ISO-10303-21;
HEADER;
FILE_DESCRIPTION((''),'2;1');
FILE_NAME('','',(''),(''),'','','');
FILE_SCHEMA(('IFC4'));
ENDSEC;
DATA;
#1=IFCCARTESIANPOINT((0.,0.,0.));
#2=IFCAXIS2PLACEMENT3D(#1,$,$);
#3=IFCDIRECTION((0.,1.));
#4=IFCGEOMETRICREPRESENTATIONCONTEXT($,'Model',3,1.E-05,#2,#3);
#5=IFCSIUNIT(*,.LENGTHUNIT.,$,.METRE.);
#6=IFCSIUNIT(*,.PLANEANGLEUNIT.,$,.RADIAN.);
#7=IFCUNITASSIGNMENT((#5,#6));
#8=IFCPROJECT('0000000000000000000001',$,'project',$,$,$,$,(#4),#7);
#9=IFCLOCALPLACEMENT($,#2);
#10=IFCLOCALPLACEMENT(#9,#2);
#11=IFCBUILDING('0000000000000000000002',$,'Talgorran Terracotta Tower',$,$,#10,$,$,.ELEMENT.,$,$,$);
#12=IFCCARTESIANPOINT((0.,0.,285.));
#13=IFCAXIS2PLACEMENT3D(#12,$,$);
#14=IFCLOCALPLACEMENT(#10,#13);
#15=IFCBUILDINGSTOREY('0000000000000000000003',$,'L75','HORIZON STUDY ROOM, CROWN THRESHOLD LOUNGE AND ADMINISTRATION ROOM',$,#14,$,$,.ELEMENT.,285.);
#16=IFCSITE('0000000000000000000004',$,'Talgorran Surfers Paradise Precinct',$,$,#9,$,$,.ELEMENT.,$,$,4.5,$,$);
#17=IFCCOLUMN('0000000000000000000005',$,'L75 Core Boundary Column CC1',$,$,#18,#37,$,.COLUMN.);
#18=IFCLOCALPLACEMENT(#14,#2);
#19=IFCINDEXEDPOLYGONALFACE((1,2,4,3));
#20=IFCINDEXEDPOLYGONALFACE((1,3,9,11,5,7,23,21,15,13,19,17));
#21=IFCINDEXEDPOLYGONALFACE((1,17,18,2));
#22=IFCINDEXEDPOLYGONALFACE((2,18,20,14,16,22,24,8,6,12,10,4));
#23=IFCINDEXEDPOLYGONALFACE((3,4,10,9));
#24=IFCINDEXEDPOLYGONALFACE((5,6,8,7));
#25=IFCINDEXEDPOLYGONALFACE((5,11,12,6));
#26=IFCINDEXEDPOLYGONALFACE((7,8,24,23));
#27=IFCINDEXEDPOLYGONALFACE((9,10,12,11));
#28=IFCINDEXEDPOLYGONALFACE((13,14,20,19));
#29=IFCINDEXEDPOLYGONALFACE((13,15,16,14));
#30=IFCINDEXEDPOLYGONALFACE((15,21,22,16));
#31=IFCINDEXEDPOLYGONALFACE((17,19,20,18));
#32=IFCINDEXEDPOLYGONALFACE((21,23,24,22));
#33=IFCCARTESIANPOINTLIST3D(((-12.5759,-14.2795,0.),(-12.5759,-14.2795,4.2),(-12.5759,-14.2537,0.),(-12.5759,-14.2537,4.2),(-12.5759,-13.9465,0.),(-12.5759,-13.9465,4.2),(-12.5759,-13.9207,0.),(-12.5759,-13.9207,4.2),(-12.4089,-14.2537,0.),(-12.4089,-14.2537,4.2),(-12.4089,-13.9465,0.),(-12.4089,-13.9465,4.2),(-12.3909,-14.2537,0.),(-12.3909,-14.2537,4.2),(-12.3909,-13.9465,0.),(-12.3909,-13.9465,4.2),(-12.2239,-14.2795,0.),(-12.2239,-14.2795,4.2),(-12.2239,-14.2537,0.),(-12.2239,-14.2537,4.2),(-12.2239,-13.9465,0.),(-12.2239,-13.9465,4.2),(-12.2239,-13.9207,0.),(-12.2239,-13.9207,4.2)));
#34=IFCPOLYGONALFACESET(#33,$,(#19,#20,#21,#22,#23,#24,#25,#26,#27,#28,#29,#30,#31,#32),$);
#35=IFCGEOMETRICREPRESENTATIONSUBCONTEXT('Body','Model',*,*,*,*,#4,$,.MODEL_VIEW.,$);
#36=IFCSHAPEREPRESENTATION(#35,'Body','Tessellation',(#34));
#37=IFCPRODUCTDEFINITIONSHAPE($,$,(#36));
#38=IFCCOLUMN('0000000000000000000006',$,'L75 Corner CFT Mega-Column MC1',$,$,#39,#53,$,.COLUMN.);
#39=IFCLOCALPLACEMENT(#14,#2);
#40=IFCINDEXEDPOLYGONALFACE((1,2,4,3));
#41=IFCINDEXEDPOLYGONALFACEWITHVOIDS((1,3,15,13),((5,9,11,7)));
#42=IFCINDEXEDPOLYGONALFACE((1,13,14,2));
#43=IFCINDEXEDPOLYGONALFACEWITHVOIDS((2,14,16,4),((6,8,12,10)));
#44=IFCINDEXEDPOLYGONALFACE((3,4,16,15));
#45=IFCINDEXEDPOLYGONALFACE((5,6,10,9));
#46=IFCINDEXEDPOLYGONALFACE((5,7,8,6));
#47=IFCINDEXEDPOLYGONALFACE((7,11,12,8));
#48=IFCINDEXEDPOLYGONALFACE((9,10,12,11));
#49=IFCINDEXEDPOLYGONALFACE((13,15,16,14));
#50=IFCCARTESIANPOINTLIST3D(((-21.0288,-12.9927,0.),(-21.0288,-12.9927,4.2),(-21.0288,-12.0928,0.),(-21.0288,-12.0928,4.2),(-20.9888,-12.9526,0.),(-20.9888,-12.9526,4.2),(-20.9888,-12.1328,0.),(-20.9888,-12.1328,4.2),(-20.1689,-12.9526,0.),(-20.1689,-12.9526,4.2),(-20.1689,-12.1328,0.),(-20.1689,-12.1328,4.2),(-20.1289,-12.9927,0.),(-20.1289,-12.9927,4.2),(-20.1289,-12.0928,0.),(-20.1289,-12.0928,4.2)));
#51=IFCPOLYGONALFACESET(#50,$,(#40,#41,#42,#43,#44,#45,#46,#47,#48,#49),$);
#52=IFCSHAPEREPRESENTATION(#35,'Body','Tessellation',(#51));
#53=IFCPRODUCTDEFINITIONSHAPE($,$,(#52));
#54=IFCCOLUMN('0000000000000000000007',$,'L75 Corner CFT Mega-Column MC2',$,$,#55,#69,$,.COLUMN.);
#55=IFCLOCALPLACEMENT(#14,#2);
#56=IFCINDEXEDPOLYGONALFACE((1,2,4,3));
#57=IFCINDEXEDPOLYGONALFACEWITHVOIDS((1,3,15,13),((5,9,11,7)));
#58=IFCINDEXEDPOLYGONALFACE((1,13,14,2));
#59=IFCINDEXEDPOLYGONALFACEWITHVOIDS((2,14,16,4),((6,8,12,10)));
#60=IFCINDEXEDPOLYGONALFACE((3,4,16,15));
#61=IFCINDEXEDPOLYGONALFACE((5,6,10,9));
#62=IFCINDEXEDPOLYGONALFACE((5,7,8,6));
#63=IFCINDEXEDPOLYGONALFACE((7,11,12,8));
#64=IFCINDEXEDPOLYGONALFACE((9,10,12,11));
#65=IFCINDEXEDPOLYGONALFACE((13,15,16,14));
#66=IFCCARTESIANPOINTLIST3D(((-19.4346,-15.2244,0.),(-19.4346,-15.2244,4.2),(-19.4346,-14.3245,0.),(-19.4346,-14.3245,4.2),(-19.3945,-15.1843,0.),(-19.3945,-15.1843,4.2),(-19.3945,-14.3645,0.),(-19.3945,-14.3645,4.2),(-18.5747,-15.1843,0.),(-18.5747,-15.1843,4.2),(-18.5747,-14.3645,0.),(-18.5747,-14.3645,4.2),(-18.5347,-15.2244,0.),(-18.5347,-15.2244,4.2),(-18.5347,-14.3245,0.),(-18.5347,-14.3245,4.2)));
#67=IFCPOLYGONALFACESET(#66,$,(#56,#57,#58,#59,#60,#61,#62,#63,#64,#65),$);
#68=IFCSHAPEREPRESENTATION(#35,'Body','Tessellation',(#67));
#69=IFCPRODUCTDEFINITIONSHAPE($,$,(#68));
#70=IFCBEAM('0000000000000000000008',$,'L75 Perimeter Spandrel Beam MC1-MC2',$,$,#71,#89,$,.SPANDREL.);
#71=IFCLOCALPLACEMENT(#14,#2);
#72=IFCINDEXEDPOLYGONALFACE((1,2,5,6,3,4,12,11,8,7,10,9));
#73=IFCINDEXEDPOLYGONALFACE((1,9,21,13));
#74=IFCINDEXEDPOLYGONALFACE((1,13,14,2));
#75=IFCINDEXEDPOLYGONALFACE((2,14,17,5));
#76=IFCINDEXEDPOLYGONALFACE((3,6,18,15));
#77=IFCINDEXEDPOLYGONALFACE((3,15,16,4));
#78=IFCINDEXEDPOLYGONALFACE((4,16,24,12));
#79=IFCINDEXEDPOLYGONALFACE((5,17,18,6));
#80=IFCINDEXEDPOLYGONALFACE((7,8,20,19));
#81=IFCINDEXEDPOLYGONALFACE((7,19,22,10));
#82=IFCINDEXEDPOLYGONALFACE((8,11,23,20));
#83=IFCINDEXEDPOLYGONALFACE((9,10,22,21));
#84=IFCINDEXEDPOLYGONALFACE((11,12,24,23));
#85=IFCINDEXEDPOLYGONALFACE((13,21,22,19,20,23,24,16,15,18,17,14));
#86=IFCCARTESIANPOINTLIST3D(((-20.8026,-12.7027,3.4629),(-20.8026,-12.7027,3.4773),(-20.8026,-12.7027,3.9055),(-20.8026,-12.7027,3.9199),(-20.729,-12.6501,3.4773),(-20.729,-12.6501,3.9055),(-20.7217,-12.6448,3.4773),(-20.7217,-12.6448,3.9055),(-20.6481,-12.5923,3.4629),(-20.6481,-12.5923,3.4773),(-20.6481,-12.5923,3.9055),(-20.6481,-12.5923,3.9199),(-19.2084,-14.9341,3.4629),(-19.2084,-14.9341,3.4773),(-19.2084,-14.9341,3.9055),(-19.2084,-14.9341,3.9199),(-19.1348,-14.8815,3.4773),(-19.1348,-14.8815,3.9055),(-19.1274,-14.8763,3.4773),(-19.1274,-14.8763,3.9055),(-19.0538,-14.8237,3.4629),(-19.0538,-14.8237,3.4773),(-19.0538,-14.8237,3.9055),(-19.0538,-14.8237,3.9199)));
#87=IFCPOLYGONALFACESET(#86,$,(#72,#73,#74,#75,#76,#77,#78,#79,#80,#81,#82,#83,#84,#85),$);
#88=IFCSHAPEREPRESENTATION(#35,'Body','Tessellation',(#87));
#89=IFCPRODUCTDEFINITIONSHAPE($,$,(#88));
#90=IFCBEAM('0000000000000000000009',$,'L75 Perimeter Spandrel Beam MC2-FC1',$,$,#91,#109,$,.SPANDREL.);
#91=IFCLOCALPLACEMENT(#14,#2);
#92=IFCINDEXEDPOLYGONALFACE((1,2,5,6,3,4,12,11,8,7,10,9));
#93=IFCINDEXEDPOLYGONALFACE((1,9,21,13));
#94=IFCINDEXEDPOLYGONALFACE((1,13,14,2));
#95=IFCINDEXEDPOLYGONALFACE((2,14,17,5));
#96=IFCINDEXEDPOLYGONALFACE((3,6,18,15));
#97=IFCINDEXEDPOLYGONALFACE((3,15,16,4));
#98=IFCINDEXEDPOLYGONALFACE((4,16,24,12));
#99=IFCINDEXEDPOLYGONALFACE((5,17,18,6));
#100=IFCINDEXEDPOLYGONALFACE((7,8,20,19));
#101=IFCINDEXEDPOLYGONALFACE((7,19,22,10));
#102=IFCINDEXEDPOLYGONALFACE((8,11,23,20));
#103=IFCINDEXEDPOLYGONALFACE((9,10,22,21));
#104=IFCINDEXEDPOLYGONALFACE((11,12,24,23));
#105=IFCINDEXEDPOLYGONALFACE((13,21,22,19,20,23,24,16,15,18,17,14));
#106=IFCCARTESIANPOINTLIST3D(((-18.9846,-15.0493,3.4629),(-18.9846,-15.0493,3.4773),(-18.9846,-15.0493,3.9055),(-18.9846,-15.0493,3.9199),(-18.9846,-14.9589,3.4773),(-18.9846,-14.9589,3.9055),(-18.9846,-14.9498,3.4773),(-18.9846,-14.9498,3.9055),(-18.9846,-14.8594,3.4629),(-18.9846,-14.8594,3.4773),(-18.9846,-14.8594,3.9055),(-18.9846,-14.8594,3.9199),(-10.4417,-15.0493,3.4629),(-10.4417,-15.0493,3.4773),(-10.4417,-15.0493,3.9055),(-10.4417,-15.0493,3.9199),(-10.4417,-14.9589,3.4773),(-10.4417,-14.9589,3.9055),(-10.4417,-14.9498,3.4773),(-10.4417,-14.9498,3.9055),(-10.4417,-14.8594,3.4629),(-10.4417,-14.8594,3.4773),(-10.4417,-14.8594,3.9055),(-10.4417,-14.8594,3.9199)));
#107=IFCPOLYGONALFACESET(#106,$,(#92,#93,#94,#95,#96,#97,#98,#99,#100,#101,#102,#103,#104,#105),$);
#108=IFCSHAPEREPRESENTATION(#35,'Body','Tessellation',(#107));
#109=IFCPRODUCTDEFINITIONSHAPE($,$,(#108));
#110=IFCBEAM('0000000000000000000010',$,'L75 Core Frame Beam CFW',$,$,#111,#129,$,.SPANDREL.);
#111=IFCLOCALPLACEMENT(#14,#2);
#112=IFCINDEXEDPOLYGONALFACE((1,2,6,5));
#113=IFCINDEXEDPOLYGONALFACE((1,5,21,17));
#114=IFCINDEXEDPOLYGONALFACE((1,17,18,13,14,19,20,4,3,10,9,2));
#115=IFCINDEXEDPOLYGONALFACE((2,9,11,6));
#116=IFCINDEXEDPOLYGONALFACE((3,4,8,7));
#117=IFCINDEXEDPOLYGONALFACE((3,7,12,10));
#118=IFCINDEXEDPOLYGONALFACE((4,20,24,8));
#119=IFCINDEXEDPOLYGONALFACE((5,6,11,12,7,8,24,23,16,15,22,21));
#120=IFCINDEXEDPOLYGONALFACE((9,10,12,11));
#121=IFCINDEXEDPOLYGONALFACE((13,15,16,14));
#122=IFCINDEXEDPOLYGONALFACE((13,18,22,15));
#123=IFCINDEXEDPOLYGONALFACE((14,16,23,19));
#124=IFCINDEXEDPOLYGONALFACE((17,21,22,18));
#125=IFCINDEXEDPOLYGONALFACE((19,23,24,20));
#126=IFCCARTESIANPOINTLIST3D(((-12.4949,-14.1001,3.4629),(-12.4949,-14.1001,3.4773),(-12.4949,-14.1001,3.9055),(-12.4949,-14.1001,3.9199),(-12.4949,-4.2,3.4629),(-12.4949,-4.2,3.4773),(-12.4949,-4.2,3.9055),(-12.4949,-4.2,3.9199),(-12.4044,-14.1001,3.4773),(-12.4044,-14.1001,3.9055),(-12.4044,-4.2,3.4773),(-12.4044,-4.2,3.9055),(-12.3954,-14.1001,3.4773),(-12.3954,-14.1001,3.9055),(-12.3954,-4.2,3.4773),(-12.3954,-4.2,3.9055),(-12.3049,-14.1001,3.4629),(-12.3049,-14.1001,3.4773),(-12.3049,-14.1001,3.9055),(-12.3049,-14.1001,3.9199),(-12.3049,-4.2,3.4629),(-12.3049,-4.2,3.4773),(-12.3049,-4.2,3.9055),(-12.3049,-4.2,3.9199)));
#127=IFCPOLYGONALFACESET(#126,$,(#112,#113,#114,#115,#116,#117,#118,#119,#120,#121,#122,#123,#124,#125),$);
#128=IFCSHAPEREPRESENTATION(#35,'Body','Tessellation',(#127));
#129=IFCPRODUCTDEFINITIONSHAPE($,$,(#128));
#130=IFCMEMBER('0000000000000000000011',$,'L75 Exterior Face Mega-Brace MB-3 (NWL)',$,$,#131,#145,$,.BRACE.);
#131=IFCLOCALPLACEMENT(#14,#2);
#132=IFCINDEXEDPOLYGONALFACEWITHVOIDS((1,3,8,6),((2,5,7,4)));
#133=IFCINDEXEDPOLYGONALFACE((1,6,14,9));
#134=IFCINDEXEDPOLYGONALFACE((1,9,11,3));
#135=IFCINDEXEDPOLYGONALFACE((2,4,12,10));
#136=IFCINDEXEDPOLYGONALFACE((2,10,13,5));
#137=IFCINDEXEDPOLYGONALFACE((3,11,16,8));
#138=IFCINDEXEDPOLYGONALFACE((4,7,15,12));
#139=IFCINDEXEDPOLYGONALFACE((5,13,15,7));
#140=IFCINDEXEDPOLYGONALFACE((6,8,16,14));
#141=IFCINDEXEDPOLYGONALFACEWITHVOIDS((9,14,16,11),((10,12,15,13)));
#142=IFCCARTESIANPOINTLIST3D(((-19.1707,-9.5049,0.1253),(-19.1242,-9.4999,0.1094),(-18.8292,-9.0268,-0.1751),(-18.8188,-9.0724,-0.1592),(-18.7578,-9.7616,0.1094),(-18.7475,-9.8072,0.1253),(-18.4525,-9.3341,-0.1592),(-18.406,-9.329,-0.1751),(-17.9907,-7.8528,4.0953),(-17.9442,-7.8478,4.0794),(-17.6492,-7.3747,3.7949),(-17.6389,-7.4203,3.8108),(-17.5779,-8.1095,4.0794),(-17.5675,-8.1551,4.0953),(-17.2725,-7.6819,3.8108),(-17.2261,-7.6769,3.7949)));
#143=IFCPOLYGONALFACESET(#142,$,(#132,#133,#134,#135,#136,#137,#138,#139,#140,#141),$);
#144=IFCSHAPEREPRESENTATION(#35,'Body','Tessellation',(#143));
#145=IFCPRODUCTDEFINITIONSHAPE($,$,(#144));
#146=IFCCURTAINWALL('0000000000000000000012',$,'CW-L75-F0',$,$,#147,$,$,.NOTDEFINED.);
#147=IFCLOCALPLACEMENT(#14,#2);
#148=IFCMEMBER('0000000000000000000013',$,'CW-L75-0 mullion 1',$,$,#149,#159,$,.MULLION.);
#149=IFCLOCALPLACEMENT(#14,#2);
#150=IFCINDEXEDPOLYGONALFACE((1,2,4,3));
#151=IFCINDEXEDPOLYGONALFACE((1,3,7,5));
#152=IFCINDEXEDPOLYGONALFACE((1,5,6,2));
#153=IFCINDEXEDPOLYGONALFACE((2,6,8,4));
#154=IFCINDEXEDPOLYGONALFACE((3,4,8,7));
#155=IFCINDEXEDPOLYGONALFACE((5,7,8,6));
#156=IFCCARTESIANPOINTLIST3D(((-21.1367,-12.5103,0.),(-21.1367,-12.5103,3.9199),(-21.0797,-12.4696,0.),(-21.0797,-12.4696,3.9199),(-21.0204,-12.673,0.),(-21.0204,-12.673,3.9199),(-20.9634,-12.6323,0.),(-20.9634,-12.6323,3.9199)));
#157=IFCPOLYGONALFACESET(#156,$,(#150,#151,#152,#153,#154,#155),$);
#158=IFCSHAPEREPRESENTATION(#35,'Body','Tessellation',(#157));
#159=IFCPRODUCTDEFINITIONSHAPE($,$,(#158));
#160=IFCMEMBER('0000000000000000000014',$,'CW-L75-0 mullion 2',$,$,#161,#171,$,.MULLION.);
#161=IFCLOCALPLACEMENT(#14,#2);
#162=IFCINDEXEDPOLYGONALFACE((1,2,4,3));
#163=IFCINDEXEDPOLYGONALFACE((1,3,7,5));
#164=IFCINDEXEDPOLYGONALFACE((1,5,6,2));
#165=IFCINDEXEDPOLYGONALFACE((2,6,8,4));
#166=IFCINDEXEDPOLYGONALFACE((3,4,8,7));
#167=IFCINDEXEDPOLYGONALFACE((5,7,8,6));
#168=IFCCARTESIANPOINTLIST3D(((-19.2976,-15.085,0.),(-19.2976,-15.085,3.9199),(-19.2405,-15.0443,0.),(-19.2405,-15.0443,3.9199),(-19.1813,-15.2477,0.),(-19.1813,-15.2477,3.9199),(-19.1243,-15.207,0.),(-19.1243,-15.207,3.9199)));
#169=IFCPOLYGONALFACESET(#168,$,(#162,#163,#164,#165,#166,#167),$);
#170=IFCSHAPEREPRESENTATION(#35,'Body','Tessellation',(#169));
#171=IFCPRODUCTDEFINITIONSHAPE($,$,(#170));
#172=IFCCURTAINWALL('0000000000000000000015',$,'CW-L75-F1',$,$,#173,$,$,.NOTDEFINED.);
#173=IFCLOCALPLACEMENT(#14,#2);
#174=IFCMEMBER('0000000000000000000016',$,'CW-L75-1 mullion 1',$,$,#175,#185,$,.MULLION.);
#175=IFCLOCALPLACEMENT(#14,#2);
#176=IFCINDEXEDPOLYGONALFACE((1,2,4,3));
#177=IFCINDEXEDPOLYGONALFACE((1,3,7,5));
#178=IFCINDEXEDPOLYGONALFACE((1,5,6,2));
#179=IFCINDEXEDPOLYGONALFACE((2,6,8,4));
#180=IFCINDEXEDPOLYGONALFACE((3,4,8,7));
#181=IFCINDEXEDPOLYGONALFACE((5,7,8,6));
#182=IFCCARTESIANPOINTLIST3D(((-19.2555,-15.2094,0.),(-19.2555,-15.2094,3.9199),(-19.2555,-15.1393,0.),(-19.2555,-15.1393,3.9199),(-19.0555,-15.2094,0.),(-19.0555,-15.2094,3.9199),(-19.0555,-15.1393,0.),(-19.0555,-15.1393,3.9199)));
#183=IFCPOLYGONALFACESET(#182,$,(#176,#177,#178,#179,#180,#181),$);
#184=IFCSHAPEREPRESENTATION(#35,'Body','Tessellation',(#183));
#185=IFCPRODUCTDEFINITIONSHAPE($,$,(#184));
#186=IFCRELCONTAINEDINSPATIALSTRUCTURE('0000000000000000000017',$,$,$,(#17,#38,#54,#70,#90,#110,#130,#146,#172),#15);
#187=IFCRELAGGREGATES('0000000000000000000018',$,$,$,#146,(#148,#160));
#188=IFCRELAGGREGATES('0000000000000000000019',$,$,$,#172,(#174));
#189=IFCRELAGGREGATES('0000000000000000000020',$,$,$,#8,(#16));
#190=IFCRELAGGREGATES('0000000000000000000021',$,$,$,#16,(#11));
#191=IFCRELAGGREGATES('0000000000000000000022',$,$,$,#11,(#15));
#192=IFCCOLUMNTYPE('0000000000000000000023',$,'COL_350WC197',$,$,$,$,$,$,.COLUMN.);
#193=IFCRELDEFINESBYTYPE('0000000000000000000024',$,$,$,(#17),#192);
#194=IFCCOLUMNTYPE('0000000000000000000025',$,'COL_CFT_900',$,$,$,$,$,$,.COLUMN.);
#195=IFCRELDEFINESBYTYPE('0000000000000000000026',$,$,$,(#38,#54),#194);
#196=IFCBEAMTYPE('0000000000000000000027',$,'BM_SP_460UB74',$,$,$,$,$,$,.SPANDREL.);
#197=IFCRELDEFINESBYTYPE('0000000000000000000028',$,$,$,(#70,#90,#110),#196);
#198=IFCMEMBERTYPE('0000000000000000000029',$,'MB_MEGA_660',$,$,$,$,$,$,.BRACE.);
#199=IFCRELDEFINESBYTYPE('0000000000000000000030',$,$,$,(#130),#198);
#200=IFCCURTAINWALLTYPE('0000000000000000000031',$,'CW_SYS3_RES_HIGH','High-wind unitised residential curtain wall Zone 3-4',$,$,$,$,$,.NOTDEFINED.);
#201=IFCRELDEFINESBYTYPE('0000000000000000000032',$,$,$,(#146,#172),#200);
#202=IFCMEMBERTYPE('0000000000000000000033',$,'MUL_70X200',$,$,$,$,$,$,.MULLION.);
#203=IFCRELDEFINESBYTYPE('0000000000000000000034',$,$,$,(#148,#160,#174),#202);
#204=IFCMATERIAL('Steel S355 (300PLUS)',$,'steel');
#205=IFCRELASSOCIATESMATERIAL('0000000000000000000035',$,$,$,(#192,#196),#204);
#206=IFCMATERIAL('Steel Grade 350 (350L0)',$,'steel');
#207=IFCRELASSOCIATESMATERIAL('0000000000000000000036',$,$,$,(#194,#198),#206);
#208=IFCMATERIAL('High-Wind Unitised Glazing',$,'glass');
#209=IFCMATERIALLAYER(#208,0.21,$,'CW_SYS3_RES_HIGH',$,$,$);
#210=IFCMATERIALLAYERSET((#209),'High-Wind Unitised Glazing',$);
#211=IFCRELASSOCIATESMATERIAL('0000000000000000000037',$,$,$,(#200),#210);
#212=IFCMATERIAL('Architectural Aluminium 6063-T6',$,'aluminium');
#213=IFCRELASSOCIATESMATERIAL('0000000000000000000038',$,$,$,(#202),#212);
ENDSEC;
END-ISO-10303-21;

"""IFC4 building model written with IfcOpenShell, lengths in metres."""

from ifc_helpers import new_model, si_unit, direction, frame, origin, origin_2d, place, context, subcontext, project, spatial, rectangle, hollow_rectangle, i_section, extrude, material, layer, layer_set, material_profile, profile_set, type_object, element, aggregate, save


model = new_model("IFC4")

# Units and contexts
model_context = context("Model", 3, precision=1e-05, world=origin(), true_north=direction((0.0, 1.0)))
body_context = subcontext(model_context, "Body", "Model", "MODEL_VIEW")
ifc_project = project(units=[si_unit("LENGTHUNIT", "METRE"), si_unit("PLANEANGLEUNIT", "RADIAN")], contexts=[model_context])

# Site, building, storey
site_placement = place(None, origin())
site = spatial("IfcSite", under=ifc_project, at=site_placement, Name="Talgorran Surfers Paradise Precinct", CompositionType="ELEMENT", RefElevation=4.5)
building_placement = place(site_placement, origin())
building = spatial("IfcBuilding", under=site, at=building_placement, Name="Talgorran Terracotta Tower", CompositionType="ELEMENT")
storey_placement = place(building_placement, frame((0.0, 0.0, 285.0)))
storey = spatial("IfcBuildingStorey", under=building, at=storey_placement, Name="L75", Description="HORIZON STUDY ROOM, CROWN THRESHOLD LOUNGE AND ADMINISTRATION ROOM", CompositionType="ELEMENT", Elevation=285.0)

# Columns
ifc_material_1 = material(Name="Steel S355 (300PLUS)", Category="steel")
ifc_material_profile_1 = material_profile(ifc_material_1, i_section(OverallWidth=0.3521, OverallDepth=0.3589, WebThickness=0.0181, FlangeThickness=0.0259, at=origin_2d()), Name="350WC197")
ifc_profile_set_1 = profile_set([ifc_material_profile_1], Name="Steel S355 (300PLUS)")
column_type_1 = type_object("IfcColumnType", Name="COL_350WC197", PredefinedType="COLUMN", material=ifc_profile_set_1)
column_placement = place(storey_placement, frame((-12.3999, -14.1001, 0.0), z_axis=(0.0, 0.0, 1.0), x_axis=(1.0, 0.0, 0.0)))
element("IfcColumn", 1, at=column_placement, inside=storey, type_object=column_type_1, Name="L75 Core Boundary Column CC1", PredefinedType="COLUMN", context=body_context, shape_type="SweptSolid", body=[
    extrude(i_section(OverallWidth=0.3521, OverallDepth=0.3589, WebThickness=0.0181, FlangeThickness=0.0259, at=origin_2d()), origin(), (0.0, 0.0, 1.0), 4.2),
])
ifc_material_2 = material(Name="Steel Grade 350 (350L0)", Category="steel")
ifc_material_profile_2 = material_profile(ifc_material_2, hollow_rectangle(XDim=0.8999, YDim=0.8999, WallThickness=0.04, at=origin_2d()), Name="CFT900X900X40")
ifc_profile_set_2 = profile_set([ifc_material_profile_2], Name="Steel Grade 350 (350L0)")
column_type_2 = type_object("IfcColumnType", Name="COL_CFT_900", PredefinedType="COLUMN", material=ifc_profile_set_2)
for number, where, z_axis, x_axis, name in (
    (2, (-20.5789, -12.5427, 0.0), (0.0, 0.0, 1.0), (1.0, 0.0, 0.0), "L75 Corner CFT Mega-Column MC1"),
    (3, (-18.9846, -14.7744, 0.0), (0.0, 0.0, 1.0), (1.0, 0.0, 0.0), "L75 Corner CFT Mega-Column MC2"),
):
    element("IfcColumn", number, at=place(storey_placement, frame(where, z_axis=z_axis, x_axis=x_axis)), inside=storey, type_object=column_type_2, Name=name, PredefinedType="COLUMN", context=body_context, shape_type="SweptSolid", body=[
        extrude(hollow_rectangle(XDim=0.8999, YDim=0.8999, WallThickness=0.04, at=origin_2d()), origin(), (0.0, 0.0, 1.0), 4.2),
    ])

# Beams
ifc_material_profile_3 = material_profile(ifc_material_1, i_section(OverallWidth=0.1899, OverallDepth=0.457, WebThickness=0.009, FlangeThickness=0.0144, at=origin_2d()), Name="460UB74.6")
ifc_profile_set_3 = profile_set([ifc_material_profile_3], Name="Steel S355 (300PLUS)")
beam_type = type_object("IfcBeamType", Name="BM_SP_460UB74", PredefinedType="SPANDREL", material=ifc_profile_set_3)
beam_1_placement = place(storey_placement, frame((-20.7253, -12.6475, 3.6914), z_axis=(0.581322, -0.813673, 0.0), x_axis=(0.813673, 0.581322, 0.0)))
element("IfcBeam", 4, at=beam_1_placement, inside=storey, type_object=beam_type, Name="L75 Perimeter Spandrel Beam MC1-MC2", PredefinedType="SPANDREL", context=body_context, shape_type="SweptSolid", body=[
    extrude(i_section(OverallWidth=0.1899, OverallDepth=0.457, WebThickness=0.009, FlangeThickness=0.0144, at=origin_2d()), origin(), (0.0, 0.0, 1.0), 2.7424),
])
beam_2_placement = place(storey_placement, frame((-18.9846, -14.9543, 3.6914), z_axis=(1.0, 0.0, 0.0), x_axis=(0.0, 1.0, 0.0)))
element("IfcBeam", 5, at=beam_2_placement, inside=storey, type_object=beam_type, Name="L75 Perimeter Spandrel Beam MC2-FC1", PredefinedType="SPANDREL", context=body_context, shape_type="SweptSolid", body=[
    extrude(i_section(OverallWidth=0.1899, OverallDepth=0.457, WebThickness=0.009, FlangeThickness=0.0144, at=origin_2d()), origin(), (0.0, 0.0, 1.0), 8.543),
])
beam_3_placement = place(storey_placement, frame((-12.3999, -14.1001, 3.6914), z_axis=(0.0, 1.0, 0.0), x_axis=(-1.0, 0.0, 0.0)))
element("IfcBeam", 6, at=beam_3_placement, inside=storey, type_object=beam_type, Name="L75 Core Frame Beam CFW", PredefinedType="SPANDREL", context=body_context, shape_type="SweptSolid", body=[
    extrude(i_section(OverallWidth=0.1899, OverallDepth=0.457, WebThickness=0.009, FlangeThickness=0.0144, at=origin_2d()), origin(), (0.0, 0.0, 1.0), 9.9001),
])

# Member
ifc_material_profile_4 = material_profile(ifc_material_2, hollow_rectangle(XDim=0.52, YDim=0.6599, WallThickness=0.0349, at=origin_2d()), Name="WBOX660X520X35")
ifc_profile_set_4 = profile_set([ifc_material_profile_4], Name="Steel Grade 350 (350L0)")
member_type_1 = type_object("IfcMemberType", Name="MB_MEGA_660", PredefinedType="BRACE", material=ifc_profile_set_4)
member_1_placement = place(storey_placement, frame((-18.7883, -9.417, -0.0249), z_axis=(0.26462, 0.370512, 0.890335), x_axis=(-0.813766, 0.581193, 0.0)))
element("IfcMember", 7, at=member_1_placement, inside=storey, type_object=member_type_1, Name="L75 Exterior Face Mega-Brace MB-3 (NWL)", PredefinedType="BRACE", context=body_context, shape_type="SweptSolid", body=[
    extrude(hollow_rectangle(XDim=0.52, YDim=0.6599, WallThickness=0.0349, at=origin_2d()), origin(), (0.0, 0.0, 1.0), 4.459),
])

# Curtain wall, members
ifc_material_3 = material(Name="High-Wind Unitised Glazing", Category="glass")
ifc_layer_1 = layer(ifc_material_3, 0.21, Name="CW_SYS3_RES_HIGH")
ifc_layer_set_1 = layer_set([ifc_layer_1], Name="High-Wind Unitised Glazing")
curtain_wall_type = type_object("IfcCurtainWallType", Name="CW_SYS3_RES_HIGH", Description="High-wind unitised residential curtain wall Zone 3-4", PredefinedType="NOTDEFINED", material=ifc_layer_set_1)
curtain_wall_1_placement = place(storey_placement, origin())
curtain_wall_1 = element("IfcCurtainWall", 8, at=curtain_wall_1_placement, inside=storey, type_object=curtain_wall_type, Name="CW-L75-F0", PredefinedType="NOTDEFINED")
ifc_material_4 = material(Name="Architectural Aluminium 6063-T6", Category="aluminium")
ifc_material_profile_5 = material_profile(ifc_material_4, rectangle(XDim=0.0701, YDim=0.2, at=origin_2d()), Name="CWM70X200")
ifc_profile_set_5 = profile_set([ifc_material_profile_5], Name="Architectural Aluminium 6063-T6")
member_type_2 = type_object("IfcMemberType", Name="MUL_70X200", PredefinedType="MULLION", material=ifc_profile_set_5)
member_2_placement = place(storey_placement, frame((-21.05, -12.5713, 0.0), z_axis=(0.0, 0.0, 1.0), x_axis=(0.813721, 0.581256, 0.0)))
member_2 = element("IfcMember", 9, at=member_2_placement, type_object=member_type_2, Name="CW-L75-0 mullion 1", PredefinedType="MULLION", context=body_context, shape_type="SweptSolid", body=[
    extrude(rectangle(XDim=0.0701, YDim=0.2, at=origin_2d()), origin(), (0.0, 0.0, 1.0), 3.9199),
])
member_3_placement = place(storey_placement, frame((-19.2109, -15.146, 0.0), z_axis=(0.0, 0.0, 1.0), x_axis=(0.813721, 0.581256, 0.0)))
member_3 = element("IfcMember", 10, at=member_3_placement, type_object=member_type_2, Name="CW-L75-0 mullion 2", PredefinedType="MULLION", context=body_context, shape_type="SweptSolid", body=[
    extrude(rectangle(XDim=0.0701, YDim=0.2, at=origin_2d()), origin(), (0.0, 0.0, 1.0), 3.9199),
])

# Curtain wall, member
curtain_wall_2_placement = place(storey_placement, origin())
curtain_wall_2 = element("IfcCurtainWall", 11, at=curtain_wall_2_placement, inside=storey, type_object=curtain_wall_type, Name="CW-L75-F1", PredefinedType="NOTDEFINED")
member_4_placement = place(storey_placement, frame((-19.1555, -15.1743, 0.0), z_axis=(0.0, 0.0, 1.0), x_axis=(0.0, 1.0, 0.0)))
member_4 = element("IfcMember", 12, at=member_4_placement, type_object=member_type_2, Name="CW-L75-1 mullion 1", PredefinedType="MULLION", context=body_context, shape_type="SweptSolid", body=[
    extrude(rectangle(XDim=0.0701, YDim=0.2, at=origin_2d()), origin(), (0.0, 0.0, 1.0), 3.9199),
])

aggregate(curtain_wall_1, [member_2, member_3])
aggregate(curtain_wall_2, [member_4])

save(model, "model.ifc")
